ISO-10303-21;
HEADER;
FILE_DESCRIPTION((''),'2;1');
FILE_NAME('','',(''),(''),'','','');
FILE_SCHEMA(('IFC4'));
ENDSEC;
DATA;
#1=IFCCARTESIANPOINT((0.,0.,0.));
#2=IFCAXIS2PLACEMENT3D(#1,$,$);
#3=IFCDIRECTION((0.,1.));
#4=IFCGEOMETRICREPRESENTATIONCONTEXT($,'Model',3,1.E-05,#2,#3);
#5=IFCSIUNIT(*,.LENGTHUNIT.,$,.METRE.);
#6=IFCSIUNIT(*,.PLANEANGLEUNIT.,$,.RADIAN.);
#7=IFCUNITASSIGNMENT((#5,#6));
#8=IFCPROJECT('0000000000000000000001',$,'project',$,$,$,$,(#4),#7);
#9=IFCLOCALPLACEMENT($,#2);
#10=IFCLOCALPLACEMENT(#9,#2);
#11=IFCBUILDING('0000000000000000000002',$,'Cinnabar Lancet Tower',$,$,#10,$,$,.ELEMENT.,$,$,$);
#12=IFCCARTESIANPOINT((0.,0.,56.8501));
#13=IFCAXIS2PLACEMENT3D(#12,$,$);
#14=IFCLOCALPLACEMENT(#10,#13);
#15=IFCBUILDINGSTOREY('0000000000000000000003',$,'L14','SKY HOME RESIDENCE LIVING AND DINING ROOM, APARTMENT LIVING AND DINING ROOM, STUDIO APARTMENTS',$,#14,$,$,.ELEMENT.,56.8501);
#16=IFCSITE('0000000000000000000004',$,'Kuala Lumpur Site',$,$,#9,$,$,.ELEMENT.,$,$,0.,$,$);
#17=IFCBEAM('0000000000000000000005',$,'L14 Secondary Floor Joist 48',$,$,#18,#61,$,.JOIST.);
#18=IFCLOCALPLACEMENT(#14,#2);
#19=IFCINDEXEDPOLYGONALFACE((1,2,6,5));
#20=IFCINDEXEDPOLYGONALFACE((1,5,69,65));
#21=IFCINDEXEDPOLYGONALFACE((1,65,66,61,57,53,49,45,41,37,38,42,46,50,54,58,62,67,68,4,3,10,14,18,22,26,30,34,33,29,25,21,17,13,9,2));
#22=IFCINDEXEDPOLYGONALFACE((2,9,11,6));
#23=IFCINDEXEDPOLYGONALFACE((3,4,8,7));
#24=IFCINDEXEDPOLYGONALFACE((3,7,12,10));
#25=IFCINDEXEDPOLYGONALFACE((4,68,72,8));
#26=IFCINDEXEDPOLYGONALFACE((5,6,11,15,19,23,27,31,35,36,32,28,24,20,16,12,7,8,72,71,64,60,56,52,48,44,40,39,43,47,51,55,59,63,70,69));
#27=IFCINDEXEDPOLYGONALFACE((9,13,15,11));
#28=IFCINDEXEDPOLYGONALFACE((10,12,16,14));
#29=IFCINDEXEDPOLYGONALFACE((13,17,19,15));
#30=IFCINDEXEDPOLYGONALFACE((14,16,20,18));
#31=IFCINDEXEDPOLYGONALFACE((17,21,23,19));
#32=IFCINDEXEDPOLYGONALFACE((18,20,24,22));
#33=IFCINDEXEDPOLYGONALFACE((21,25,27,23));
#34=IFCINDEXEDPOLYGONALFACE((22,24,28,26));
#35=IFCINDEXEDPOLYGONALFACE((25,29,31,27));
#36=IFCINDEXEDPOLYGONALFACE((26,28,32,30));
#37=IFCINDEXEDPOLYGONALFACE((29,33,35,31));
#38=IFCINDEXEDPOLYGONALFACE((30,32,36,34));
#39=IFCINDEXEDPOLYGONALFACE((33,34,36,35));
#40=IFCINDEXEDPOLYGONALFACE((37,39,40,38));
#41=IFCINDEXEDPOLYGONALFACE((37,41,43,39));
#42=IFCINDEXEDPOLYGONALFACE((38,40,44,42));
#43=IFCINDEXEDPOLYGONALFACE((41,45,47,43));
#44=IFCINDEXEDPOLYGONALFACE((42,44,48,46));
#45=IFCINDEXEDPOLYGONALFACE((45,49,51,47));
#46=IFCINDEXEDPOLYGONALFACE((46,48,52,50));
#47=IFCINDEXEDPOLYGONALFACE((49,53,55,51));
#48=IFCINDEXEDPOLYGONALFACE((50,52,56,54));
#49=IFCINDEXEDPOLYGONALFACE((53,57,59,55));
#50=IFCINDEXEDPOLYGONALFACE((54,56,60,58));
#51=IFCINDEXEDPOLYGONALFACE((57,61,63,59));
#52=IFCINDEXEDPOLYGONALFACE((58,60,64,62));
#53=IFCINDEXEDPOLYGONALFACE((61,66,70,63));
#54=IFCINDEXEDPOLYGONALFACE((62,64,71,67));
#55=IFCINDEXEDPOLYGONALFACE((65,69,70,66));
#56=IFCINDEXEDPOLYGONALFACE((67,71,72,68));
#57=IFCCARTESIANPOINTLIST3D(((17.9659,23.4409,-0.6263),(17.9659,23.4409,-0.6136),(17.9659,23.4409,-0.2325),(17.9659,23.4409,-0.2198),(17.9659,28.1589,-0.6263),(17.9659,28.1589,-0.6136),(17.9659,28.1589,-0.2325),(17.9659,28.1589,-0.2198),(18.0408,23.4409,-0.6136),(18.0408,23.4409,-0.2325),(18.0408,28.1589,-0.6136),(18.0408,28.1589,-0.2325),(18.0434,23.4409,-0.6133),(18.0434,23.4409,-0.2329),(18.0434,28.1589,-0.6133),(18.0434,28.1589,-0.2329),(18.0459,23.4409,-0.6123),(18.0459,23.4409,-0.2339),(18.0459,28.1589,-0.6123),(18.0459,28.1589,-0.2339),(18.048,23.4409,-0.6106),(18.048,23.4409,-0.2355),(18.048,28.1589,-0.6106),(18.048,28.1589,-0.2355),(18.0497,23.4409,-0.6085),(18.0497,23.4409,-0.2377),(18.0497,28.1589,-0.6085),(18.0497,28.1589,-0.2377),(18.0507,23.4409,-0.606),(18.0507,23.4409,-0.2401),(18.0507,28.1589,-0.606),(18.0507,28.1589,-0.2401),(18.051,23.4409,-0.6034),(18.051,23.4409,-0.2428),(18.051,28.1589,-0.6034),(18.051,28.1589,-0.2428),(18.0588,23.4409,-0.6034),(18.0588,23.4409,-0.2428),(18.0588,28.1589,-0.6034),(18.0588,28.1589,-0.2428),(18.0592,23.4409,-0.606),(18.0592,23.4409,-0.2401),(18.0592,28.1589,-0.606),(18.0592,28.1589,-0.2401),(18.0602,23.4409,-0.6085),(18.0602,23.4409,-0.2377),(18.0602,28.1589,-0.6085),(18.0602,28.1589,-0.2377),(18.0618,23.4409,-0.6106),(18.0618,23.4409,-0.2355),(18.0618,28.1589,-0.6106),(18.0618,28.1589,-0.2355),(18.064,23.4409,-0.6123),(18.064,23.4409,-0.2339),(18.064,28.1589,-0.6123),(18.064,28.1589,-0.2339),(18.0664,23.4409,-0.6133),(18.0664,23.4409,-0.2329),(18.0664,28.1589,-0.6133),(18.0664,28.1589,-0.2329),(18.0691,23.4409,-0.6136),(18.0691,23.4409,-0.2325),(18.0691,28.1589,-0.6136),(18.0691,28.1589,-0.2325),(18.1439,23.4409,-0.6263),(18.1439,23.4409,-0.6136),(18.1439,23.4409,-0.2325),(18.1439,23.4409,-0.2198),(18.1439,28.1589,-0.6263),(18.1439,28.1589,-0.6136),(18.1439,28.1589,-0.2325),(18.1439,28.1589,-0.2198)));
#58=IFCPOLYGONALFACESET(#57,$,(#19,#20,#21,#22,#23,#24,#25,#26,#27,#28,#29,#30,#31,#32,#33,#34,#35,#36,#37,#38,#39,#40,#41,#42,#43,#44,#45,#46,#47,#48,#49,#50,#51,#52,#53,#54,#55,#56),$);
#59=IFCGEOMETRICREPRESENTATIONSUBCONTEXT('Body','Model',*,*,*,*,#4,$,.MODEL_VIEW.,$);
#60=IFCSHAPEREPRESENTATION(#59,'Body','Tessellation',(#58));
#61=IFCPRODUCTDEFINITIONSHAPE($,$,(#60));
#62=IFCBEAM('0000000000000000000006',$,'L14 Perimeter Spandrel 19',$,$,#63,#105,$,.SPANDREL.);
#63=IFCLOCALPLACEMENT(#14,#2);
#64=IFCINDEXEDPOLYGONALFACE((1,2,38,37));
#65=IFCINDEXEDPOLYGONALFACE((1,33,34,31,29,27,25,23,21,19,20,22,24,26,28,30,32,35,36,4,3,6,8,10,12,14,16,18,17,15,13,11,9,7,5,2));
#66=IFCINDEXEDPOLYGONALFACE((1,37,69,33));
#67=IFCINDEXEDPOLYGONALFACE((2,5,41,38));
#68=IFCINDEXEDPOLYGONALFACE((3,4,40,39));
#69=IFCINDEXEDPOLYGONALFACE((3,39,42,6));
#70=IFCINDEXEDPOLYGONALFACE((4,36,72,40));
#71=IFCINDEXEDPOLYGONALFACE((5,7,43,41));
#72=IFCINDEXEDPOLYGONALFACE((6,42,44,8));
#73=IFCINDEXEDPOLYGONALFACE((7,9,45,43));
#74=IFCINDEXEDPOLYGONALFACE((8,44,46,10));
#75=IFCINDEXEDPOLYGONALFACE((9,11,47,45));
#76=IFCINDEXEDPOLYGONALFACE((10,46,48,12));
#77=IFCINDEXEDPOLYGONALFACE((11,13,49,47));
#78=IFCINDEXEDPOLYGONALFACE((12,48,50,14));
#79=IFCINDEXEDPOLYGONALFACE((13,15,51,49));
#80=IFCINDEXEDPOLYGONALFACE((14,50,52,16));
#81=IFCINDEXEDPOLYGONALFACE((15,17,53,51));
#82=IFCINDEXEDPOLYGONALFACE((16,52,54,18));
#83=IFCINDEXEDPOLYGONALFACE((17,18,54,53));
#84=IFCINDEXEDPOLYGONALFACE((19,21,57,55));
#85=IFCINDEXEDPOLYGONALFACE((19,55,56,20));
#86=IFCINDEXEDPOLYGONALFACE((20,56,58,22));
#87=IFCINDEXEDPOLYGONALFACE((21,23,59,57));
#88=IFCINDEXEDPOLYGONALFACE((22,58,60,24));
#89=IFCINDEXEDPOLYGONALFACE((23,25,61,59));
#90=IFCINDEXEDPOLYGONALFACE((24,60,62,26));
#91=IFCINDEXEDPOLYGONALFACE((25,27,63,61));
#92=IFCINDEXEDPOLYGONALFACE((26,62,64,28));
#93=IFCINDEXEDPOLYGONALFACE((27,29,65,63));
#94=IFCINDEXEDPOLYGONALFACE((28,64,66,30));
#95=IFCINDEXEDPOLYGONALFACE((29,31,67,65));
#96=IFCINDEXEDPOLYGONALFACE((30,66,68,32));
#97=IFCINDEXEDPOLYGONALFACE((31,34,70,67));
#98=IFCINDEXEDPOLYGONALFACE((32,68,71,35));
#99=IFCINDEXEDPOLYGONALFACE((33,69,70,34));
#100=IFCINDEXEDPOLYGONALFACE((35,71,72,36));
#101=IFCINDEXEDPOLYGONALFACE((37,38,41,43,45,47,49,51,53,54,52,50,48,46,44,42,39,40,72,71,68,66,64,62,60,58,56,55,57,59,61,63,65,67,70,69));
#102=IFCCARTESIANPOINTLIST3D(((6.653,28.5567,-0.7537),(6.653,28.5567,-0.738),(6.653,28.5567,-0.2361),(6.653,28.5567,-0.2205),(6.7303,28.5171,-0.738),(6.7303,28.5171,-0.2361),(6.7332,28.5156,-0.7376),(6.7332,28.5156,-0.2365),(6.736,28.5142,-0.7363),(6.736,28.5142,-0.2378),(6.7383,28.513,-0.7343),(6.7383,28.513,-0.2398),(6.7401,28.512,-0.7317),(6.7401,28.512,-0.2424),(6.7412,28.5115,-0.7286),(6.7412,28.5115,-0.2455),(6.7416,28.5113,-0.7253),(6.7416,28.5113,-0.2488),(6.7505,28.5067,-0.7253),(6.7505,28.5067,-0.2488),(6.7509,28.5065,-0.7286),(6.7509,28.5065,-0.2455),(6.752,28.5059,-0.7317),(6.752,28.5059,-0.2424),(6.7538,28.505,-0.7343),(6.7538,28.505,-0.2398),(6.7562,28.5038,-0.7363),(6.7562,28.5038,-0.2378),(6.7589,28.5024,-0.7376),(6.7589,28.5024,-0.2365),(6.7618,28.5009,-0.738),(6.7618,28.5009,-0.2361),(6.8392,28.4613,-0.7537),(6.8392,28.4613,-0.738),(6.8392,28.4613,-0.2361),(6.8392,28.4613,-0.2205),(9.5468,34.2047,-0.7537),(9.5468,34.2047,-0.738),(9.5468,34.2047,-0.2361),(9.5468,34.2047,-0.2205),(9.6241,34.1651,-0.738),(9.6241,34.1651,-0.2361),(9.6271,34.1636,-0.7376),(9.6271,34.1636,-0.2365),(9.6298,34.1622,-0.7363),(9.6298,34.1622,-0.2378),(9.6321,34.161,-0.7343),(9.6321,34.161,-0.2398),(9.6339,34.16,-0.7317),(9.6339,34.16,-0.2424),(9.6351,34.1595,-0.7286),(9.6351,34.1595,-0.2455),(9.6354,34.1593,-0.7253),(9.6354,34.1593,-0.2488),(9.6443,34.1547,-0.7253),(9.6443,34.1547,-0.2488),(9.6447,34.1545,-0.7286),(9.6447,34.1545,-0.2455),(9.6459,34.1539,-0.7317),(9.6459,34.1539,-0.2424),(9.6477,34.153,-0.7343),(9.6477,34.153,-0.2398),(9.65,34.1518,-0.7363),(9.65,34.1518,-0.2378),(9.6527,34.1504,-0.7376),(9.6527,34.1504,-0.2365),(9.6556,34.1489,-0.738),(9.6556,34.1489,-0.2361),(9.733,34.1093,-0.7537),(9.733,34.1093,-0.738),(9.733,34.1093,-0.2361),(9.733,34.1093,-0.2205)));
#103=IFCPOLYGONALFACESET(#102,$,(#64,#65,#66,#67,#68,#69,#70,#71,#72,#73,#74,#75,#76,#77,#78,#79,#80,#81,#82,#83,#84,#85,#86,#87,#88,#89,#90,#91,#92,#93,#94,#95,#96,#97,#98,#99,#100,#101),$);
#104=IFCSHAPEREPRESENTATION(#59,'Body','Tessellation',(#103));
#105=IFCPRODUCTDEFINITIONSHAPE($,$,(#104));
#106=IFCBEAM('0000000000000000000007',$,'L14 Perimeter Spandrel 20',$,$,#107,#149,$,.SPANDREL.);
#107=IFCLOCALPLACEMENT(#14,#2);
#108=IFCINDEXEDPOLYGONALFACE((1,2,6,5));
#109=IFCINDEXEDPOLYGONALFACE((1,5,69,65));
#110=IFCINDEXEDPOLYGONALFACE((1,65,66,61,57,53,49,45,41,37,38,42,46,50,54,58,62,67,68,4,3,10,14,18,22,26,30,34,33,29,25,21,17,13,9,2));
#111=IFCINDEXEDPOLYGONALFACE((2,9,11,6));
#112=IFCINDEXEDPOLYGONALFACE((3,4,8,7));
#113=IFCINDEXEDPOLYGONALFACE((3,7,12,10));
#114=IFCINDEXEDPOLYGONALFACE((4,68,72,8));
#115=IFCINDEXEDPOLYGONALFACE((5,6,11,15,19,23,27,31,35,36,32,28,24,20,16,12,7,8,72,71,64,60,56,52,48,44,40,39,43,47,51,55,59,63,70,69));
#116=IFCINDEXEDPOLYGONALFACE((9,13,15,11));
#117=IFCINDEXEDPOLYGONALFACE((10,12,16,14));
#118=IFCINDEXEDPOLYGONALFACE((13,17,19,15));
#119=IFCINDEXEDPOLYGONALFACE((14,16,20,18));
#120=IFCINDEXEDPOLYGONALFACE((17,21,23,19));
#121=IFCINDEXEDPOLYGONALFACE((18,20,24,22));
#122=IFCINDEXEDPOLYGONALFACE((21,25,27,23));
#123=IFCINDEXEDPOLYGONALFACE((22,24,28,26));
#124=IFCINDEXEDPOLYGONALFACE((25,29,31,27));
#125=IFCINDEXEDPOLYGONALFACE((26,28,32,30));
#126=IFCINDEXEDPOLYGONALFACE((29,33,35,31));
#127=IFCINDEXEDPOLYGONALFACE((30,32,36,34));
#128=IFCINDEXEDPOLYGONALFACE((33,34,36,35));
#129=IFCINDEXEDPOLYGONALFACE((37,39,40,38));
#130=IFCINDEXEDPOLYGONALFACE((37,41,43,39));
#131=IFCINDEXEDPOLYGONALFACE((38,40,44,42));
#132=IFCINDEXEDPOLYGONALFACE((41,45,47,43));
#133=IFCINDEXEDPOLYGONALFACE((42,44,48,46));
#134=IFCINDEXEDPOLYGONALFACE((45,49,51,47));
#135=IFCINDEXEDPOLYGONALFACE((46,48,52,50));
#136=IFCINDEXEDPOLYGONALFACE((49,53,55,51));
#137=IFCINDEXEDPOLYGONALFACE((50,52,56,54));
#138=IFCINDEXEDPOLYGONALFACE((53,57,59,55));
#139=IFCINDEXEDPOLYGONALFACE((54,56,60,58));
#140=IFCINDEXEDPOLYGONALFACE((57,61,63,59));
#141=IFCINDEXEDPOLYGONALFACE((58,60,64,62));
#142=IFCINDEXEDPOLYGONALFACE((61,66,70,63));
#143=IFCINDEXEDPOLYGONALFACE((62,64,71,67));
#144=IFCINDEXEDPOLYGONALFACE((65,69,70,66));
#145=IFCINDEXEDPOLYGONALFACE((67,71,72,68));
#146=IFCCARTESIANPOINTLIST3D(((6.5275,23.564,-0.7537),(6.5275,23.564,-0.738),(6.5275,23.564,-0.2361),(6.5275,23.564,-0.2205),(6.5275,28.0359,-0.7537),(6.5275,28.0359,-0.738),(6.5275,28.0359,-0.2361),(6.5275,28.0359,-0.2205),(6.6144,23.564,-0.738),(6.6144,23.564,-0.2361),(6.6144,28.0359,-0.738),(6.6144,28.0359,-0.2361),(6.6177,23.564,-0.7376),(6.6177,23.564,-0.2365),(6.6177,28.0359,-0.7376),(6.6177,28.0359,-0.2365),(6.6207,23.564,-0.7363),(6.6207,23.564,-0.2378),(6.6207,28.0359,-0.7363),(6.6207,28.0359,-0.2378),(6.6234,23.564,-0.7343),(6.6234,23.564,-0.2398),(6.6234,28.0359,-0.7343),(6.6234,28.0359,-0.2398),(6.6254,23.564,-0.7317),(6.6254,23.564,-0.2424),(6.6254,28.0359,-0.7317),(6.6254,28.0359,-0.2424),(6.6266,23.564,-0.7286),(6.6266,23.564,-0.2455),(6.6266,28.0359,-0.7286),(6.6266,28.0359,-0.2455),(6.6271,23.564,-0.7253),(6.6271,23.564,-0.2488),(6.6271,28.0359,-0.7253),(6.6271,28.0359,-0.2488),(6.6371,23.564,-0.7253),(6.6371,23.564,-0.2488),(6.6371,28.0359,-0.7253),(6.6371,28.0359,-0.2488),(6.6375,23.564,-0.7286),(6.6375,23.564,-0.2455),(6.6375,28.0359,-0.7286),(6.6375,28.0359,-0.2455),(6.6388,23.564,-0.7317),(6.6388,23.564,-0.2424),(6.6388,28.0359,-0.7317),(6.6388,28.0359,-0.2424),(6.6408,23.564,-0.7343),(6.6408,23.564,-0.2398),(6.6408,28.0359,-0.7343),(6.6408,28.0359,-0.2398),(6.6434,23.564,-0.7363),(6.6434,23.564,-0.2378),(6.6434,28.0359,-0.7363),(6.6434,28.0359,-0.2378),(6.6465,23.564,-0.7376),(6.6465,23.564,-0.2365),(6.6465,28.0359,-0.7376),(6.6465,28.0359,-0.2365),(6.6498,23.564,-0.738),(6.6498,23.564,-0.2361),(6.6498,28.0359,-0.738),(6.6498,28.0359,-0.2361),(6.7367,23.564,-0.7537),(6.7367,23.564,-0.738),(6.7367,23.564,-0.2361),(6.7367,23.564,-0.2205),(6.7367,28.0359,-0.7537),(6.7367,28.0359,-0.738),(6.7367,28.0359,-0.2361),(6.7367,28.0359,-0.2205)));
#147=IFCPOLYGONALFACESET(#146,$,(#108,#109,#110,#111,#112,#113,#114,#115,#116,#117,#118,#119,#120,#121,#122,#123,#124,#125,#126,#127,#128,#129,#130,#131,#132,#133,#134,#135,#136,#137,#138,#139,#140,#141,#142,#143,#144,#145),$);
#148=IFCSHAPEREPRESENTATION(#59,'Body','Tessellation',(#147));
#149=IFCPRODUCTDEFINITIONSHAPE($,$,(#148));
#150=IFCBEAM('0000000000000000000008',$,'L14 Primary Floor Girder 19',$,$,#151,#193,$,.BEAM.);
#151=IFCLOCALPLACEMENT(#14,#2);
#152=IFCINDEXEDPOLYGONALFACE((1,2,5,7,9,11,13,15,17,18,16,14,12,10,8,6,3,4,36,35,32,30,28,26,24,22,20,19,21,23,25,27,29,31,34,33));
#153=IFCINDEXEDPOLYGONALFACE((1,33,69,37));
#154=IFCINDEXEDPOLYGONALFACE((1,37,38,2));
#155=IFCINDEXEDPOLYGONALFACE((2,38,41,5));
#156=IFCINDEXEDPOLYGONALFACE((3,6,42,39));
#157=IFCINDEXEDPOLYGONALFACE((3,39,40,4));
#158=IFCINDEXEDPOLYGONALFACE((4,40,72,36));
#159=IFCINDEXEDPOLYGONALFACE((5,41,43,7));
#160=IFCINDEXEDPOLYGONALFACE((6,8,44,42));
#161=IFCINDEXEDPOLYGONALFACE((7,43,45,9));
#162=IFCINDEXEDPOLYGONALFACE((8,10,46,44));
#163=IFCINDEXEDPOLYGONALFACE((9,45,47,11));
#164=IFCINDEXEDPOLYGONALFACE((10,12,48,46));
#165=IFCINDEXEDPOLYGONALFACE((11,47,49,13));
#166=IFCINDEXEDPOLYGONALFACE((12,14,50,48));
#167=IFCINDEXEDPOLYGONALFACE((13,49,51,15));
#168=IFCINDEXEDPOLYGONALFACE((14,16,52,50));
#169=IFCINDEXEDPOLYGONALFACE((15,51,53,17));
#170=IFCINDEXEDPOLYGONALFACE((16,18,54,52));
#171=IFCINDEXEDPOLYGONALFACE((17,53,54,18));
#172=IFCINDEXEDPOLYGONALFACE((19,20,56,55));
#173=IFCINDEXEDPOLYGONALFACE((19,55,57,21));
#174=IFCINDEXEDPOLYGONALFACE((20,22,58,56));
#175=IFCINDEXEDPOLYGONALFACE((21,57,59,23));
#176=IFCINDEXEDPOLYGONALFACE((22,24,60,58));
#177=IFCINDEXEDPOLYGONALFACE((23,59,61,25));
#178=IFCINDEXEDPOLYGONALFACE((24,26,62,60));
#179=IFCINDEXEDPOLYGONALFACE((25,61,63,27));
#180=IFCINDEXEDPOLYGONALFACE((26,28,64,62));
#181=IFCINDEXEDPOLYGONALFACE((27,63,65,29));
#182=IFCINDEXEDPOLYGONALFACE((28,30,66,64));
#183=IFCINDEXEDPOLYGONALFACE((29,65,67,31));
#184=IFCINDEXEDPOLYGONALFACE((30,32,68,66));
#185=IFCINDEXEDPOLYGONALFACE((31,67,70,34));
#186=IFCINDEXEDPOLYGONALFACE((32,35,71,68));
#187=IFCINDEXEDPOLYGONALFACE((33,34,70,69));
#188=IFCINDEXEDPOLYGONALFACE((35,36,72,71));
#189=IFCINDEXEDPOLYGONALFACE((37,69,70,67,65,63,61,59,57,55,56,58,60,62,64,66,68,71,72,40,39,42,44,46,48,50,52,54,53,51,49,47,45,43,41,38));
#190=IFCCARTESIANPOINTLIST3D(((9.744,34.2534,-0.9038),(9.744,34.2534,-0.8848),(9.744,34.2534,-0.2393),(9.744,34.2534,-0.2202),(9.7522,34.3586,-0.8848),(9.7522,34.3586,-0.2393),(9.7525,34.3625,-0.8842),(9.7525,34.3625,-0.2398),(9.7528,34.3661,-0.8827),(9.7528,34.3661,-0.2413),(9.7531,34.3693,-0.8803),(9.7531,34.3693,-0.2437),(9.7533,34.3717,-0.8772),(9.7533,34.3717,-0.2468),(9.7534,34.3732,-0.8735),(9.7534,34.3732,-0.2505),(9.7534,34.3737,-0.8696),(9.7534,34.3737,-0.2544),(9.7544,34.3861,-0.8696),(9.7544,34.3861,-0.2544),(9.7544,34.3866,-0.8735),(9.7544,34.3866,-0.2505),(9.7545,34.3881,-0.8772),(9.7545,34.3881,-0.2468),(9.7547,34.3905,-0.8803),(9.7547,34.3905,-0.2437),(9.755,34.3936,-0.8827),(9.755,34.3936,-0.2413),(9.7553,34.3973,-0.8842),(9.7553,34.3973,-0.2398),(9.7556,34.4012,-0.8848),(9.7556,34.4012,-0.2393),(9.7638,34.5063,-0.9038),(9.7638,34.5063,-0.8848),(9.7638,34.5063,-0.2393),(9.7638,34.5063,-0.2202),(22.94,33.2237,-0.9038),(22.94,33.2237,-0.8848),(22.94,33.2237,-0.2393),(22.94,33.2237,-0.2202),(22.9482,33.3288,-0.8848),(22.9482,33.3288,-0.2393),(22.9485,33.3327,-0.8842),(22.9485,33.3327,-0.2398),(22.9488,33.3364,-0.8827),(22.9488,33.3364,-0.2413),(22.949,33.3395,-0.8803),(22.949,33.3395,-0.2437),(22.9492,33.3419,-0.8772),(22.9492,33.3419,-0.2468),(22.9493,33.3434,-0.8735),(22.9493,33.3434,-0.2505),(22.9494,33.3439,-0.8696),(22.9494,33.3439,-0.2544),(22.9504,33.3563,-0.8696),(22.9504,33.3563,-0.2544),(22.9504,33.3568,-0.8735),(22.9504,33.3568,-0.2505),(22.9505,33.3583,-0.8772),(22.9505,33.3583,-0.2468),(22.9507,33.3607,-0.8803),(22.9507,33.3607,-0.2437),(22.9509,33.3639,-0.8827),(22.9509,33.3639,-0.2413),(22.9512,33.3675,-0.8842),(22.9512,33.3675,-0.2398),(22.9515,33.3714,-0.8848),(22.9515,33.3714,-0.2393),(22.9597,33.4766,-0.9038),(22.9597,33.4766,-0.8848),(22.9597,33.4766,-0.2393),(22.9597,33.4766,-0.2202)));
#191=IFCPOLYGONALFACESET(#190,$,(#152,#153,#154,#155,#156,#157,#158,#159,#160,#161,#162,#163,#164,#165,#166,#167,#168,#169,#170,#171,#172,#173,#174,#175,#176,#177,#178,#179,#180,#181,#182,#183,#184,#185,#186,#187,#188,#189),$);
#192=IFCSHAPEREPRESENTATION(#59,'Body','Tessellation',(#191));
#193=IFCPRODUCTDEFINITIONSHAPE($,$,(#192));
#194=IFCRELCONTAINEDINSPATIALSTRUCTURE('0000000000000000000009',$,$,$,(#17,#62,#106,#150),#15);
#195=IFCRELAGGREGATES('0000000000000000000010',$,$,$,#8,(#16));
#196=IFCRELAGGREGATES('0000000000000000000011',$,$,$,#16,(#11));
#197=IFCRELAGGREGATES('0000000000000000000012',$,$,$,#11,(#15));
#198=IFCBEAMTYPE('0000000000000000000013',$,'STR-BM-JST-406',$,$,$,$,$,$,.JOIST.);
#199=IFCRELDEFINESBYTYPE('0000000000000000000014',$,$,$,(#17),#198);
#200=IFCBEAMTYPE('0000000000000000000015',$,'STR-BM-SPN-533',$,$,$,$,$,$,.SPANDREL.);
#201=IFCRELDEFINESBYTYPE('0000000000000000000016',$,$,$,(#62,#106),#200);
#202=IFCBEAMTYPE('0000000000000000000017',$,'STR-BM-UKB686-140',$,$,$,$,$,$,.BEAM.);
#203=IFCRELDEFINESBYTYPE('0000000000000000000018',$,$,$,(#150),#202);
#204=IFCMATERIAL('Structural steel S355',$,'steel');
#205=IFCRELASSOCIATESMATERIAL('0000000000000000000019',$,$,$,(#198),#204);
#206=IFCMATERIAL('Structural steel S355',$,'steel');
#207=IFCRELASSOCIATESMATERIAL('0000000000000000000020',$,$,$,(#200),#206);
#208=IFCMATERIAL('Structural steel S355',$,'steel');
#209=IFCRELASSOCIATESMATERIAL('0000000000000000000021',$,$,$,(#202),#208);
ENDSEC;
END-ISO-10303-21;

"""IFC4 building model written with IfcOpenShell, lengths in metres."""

from ifc_helpers import new_model, si_unit, direction, frame, origin, origin_2d, place, context, subcontext, project, spatial, i_section, extrude, material, material_profile, profile_set, type_object, element, save


model = new_model("IFC4")

# Units and contexts
model_context = context("Model", 3, precision=1e-05, world=origin(), true_north=direction((0.0, 1.0)))
body_context = subcontext(model_context, "Body", "Model", "MODEL_VIEW")
ifc_project = project(units=[si_unit("LENGTHUNIT", "METRE"), si_unit("PLANEANGLEUNIT", "RADIAN")], contexts=[model_context])

# Site, building, storey
site_placement = place(None, origin())
site = spatial("IfcSite", under=ifc_project, at=site_placement, Name="Kuala Lumpur Site", CompositionType="ELEMENT", RefElevation=0.0)
building_placement = place(site_placement, origin())
building = spatial("IfcBuilding", under=site, at=building_placement, Name="Cinnabar Lancet Tower", CompositionType="ELEMENT")
storey_placement = place(building_placement, frame((0.0, 0.0, 56.8501)))
storey = spatial("IfcBuildingStorey", under=building, at=storey_placement, Name="L14", Description="SKY HOME RESIDENCE LIVING AND DINING ROOM, APARTMENT LIVING AND DINING ROOM, STUDIO APARTMENTS", CompositionType="ELEMENT", Elevation=56.8501)

# Beams
ifc_material_1 = material(Name="Structural steel S355", Category="steel")
ifc_material_profile_1 = material_profile(ifc_material_1, i_section(OverallWidth=0.178, OverallDepth=0.4065, WebThickness=0.0078, FlangeThickness=0.0127, FilletRadius=0.0103, at=origin_2d()), Name="UKB 406x178x60")
ifc_profile_set_1 = profile_set([ifc_material_profile_1], Name="Structural steel S355")
beam_type_1 = type_object("IfcBeamType", Name="STR-BM-JST-406", PredefinedType="JOIST", material=ifc_profile_set_1)
for number, where, z_axis, x_axis, name in (
    (1, (18.0549, 28.1589, -0.4231), (0.0, -1.0, 0.0), (1.0, 0.0, 0.0), "L14 Secondary Floor Joist 48"),
):
    element("IfcBeam", number, at=place(storey_placement, frame(where, z_axis=z_axis, x_axis=x_axis)), inside=storey, type_object=beam_type_1, Name=name, PredefinedType="JOIST", context=body_context, shape_type="SweptSolid", body=[
        extrude(i_section(OverallWidth=0.178, OverallDepth=0.4065, WebThickness=0.0078, FlangeThickness=0.0127, FilletRadius=0.0103, at=origin_2d()), origin(), (0.0, 0.0, 1.0), 4.718),
    ])
ifc_material_2 = material(Name="Structural steel S355", Category="steel")
ifc_material_profile_2 = material_profile(ifc_material_2, i_section(OverallWidth=0.2092, OverallDepth=0.5332, WebThickness=0.01, FlangeThickness=0.0156, FilletRadius=0.0127, at=origin_2d()), Name="UKB 533x210x92")
ifc_profile_set_2 = profile_set([ifc_material_profile_2], Name="Structural steel S355")
beam_type_2 = type_object("IfcBeamType", Name="STR-BM-SPN-533", PredefinedType="SPANDREL", material=ifc_profile_set_2)
beam_1_placement = place(storey_placement, frame((9.6399, 34.157, -0.4871), z_axis=(-0.455994, -0.889983, 0.0), x_axis=(0.889983, -0.455994, 0.0)))
element("IfcBeam", 2, at=beam_1_placement, inside=storey, type_object=beam_type_2, Name="L14 Perimeter Spandrel 19", PredefinedType="SPANDREL", context=body_context, shape_type="SweptSolid", body=[
    extrude(i_section(OverallWidth=0.2092, OverallDepth=0.5332, WebThickness=0.01, FlangeThickness=0.0156, FilletRadius=0.0127, at=origin_2d()), origin(), (0.0, 0.0, 1.0), 6.3462),
])
beam_2_placement = place(storey_placement, frame((6.6321, 28.0359, -0.4871), z_axis=(0.0, -1.0, 0.0), x_axis=(1.0, 0.0, 0.0)))
element("IfcBeam", 3, at=beam_2_placement, inside=storey, type_object=beam_type_2, Name="L14 Perimeter Spandrel 20", PredefinedType="SPANDREL", context=body_context, shape_type="SweptSolid", body=[
    extrude(i_section(OverallWidth=0.2092, OverallDepth=0.5332, WebThickness=0.01, FlangeThickness=0.0156, FilletRadius=0.0127, at=origin_2d()), origin(), (0.0, 0.0, 1.0), 4.4719),
])
ifc_material_3 = material(Name="Structural steel S355", Category="steel")
ifc_material_profile_3 = material_profile(ifc_material_3, i_section(OverallWidth=0.2537, OverallDepth=0.6836, WebThickness=0.0125, FlangeThickness=0.019, FilletRadius=0.0151, at=origin_2d()), Name="UKB 686x254x140")
ifc_profile_set_3 = profile_set([ifc_material_profile_3], Name="Structural steel S355")
beam_type_3 = type_object("IfcBeamType", Name="STR-BM-UKB686-140", PredefinedType="BEAM", material=ifc_profile_set_3)
beam_3_placement = place(storey_placement, frame((9.7539, 34.3799, -0.562), z_axis=(0.996969, -0.077801, 0.0), x_axis=(0.077801, 0.996969, 0.0)))
element("IfcBeam", 4, at=beam_3_placement, inside=storey, type_object=beam_type_3, Name="L14 Primary Floor Girder 19", PredefinedType="BEAM", context=body_context, shape_type="SweptSolid", body=[
    extrude(i_section(OverallWidth=0.2537, OverallDepth=0.6836, WebThickness=0.0125, FlangeThickness=0.019, FilletRadius=0.0151, at=origin_2d()), origin(), (0.0, 0.0, 1.0), 13.2361),
])

save(model, "model.ifc")
